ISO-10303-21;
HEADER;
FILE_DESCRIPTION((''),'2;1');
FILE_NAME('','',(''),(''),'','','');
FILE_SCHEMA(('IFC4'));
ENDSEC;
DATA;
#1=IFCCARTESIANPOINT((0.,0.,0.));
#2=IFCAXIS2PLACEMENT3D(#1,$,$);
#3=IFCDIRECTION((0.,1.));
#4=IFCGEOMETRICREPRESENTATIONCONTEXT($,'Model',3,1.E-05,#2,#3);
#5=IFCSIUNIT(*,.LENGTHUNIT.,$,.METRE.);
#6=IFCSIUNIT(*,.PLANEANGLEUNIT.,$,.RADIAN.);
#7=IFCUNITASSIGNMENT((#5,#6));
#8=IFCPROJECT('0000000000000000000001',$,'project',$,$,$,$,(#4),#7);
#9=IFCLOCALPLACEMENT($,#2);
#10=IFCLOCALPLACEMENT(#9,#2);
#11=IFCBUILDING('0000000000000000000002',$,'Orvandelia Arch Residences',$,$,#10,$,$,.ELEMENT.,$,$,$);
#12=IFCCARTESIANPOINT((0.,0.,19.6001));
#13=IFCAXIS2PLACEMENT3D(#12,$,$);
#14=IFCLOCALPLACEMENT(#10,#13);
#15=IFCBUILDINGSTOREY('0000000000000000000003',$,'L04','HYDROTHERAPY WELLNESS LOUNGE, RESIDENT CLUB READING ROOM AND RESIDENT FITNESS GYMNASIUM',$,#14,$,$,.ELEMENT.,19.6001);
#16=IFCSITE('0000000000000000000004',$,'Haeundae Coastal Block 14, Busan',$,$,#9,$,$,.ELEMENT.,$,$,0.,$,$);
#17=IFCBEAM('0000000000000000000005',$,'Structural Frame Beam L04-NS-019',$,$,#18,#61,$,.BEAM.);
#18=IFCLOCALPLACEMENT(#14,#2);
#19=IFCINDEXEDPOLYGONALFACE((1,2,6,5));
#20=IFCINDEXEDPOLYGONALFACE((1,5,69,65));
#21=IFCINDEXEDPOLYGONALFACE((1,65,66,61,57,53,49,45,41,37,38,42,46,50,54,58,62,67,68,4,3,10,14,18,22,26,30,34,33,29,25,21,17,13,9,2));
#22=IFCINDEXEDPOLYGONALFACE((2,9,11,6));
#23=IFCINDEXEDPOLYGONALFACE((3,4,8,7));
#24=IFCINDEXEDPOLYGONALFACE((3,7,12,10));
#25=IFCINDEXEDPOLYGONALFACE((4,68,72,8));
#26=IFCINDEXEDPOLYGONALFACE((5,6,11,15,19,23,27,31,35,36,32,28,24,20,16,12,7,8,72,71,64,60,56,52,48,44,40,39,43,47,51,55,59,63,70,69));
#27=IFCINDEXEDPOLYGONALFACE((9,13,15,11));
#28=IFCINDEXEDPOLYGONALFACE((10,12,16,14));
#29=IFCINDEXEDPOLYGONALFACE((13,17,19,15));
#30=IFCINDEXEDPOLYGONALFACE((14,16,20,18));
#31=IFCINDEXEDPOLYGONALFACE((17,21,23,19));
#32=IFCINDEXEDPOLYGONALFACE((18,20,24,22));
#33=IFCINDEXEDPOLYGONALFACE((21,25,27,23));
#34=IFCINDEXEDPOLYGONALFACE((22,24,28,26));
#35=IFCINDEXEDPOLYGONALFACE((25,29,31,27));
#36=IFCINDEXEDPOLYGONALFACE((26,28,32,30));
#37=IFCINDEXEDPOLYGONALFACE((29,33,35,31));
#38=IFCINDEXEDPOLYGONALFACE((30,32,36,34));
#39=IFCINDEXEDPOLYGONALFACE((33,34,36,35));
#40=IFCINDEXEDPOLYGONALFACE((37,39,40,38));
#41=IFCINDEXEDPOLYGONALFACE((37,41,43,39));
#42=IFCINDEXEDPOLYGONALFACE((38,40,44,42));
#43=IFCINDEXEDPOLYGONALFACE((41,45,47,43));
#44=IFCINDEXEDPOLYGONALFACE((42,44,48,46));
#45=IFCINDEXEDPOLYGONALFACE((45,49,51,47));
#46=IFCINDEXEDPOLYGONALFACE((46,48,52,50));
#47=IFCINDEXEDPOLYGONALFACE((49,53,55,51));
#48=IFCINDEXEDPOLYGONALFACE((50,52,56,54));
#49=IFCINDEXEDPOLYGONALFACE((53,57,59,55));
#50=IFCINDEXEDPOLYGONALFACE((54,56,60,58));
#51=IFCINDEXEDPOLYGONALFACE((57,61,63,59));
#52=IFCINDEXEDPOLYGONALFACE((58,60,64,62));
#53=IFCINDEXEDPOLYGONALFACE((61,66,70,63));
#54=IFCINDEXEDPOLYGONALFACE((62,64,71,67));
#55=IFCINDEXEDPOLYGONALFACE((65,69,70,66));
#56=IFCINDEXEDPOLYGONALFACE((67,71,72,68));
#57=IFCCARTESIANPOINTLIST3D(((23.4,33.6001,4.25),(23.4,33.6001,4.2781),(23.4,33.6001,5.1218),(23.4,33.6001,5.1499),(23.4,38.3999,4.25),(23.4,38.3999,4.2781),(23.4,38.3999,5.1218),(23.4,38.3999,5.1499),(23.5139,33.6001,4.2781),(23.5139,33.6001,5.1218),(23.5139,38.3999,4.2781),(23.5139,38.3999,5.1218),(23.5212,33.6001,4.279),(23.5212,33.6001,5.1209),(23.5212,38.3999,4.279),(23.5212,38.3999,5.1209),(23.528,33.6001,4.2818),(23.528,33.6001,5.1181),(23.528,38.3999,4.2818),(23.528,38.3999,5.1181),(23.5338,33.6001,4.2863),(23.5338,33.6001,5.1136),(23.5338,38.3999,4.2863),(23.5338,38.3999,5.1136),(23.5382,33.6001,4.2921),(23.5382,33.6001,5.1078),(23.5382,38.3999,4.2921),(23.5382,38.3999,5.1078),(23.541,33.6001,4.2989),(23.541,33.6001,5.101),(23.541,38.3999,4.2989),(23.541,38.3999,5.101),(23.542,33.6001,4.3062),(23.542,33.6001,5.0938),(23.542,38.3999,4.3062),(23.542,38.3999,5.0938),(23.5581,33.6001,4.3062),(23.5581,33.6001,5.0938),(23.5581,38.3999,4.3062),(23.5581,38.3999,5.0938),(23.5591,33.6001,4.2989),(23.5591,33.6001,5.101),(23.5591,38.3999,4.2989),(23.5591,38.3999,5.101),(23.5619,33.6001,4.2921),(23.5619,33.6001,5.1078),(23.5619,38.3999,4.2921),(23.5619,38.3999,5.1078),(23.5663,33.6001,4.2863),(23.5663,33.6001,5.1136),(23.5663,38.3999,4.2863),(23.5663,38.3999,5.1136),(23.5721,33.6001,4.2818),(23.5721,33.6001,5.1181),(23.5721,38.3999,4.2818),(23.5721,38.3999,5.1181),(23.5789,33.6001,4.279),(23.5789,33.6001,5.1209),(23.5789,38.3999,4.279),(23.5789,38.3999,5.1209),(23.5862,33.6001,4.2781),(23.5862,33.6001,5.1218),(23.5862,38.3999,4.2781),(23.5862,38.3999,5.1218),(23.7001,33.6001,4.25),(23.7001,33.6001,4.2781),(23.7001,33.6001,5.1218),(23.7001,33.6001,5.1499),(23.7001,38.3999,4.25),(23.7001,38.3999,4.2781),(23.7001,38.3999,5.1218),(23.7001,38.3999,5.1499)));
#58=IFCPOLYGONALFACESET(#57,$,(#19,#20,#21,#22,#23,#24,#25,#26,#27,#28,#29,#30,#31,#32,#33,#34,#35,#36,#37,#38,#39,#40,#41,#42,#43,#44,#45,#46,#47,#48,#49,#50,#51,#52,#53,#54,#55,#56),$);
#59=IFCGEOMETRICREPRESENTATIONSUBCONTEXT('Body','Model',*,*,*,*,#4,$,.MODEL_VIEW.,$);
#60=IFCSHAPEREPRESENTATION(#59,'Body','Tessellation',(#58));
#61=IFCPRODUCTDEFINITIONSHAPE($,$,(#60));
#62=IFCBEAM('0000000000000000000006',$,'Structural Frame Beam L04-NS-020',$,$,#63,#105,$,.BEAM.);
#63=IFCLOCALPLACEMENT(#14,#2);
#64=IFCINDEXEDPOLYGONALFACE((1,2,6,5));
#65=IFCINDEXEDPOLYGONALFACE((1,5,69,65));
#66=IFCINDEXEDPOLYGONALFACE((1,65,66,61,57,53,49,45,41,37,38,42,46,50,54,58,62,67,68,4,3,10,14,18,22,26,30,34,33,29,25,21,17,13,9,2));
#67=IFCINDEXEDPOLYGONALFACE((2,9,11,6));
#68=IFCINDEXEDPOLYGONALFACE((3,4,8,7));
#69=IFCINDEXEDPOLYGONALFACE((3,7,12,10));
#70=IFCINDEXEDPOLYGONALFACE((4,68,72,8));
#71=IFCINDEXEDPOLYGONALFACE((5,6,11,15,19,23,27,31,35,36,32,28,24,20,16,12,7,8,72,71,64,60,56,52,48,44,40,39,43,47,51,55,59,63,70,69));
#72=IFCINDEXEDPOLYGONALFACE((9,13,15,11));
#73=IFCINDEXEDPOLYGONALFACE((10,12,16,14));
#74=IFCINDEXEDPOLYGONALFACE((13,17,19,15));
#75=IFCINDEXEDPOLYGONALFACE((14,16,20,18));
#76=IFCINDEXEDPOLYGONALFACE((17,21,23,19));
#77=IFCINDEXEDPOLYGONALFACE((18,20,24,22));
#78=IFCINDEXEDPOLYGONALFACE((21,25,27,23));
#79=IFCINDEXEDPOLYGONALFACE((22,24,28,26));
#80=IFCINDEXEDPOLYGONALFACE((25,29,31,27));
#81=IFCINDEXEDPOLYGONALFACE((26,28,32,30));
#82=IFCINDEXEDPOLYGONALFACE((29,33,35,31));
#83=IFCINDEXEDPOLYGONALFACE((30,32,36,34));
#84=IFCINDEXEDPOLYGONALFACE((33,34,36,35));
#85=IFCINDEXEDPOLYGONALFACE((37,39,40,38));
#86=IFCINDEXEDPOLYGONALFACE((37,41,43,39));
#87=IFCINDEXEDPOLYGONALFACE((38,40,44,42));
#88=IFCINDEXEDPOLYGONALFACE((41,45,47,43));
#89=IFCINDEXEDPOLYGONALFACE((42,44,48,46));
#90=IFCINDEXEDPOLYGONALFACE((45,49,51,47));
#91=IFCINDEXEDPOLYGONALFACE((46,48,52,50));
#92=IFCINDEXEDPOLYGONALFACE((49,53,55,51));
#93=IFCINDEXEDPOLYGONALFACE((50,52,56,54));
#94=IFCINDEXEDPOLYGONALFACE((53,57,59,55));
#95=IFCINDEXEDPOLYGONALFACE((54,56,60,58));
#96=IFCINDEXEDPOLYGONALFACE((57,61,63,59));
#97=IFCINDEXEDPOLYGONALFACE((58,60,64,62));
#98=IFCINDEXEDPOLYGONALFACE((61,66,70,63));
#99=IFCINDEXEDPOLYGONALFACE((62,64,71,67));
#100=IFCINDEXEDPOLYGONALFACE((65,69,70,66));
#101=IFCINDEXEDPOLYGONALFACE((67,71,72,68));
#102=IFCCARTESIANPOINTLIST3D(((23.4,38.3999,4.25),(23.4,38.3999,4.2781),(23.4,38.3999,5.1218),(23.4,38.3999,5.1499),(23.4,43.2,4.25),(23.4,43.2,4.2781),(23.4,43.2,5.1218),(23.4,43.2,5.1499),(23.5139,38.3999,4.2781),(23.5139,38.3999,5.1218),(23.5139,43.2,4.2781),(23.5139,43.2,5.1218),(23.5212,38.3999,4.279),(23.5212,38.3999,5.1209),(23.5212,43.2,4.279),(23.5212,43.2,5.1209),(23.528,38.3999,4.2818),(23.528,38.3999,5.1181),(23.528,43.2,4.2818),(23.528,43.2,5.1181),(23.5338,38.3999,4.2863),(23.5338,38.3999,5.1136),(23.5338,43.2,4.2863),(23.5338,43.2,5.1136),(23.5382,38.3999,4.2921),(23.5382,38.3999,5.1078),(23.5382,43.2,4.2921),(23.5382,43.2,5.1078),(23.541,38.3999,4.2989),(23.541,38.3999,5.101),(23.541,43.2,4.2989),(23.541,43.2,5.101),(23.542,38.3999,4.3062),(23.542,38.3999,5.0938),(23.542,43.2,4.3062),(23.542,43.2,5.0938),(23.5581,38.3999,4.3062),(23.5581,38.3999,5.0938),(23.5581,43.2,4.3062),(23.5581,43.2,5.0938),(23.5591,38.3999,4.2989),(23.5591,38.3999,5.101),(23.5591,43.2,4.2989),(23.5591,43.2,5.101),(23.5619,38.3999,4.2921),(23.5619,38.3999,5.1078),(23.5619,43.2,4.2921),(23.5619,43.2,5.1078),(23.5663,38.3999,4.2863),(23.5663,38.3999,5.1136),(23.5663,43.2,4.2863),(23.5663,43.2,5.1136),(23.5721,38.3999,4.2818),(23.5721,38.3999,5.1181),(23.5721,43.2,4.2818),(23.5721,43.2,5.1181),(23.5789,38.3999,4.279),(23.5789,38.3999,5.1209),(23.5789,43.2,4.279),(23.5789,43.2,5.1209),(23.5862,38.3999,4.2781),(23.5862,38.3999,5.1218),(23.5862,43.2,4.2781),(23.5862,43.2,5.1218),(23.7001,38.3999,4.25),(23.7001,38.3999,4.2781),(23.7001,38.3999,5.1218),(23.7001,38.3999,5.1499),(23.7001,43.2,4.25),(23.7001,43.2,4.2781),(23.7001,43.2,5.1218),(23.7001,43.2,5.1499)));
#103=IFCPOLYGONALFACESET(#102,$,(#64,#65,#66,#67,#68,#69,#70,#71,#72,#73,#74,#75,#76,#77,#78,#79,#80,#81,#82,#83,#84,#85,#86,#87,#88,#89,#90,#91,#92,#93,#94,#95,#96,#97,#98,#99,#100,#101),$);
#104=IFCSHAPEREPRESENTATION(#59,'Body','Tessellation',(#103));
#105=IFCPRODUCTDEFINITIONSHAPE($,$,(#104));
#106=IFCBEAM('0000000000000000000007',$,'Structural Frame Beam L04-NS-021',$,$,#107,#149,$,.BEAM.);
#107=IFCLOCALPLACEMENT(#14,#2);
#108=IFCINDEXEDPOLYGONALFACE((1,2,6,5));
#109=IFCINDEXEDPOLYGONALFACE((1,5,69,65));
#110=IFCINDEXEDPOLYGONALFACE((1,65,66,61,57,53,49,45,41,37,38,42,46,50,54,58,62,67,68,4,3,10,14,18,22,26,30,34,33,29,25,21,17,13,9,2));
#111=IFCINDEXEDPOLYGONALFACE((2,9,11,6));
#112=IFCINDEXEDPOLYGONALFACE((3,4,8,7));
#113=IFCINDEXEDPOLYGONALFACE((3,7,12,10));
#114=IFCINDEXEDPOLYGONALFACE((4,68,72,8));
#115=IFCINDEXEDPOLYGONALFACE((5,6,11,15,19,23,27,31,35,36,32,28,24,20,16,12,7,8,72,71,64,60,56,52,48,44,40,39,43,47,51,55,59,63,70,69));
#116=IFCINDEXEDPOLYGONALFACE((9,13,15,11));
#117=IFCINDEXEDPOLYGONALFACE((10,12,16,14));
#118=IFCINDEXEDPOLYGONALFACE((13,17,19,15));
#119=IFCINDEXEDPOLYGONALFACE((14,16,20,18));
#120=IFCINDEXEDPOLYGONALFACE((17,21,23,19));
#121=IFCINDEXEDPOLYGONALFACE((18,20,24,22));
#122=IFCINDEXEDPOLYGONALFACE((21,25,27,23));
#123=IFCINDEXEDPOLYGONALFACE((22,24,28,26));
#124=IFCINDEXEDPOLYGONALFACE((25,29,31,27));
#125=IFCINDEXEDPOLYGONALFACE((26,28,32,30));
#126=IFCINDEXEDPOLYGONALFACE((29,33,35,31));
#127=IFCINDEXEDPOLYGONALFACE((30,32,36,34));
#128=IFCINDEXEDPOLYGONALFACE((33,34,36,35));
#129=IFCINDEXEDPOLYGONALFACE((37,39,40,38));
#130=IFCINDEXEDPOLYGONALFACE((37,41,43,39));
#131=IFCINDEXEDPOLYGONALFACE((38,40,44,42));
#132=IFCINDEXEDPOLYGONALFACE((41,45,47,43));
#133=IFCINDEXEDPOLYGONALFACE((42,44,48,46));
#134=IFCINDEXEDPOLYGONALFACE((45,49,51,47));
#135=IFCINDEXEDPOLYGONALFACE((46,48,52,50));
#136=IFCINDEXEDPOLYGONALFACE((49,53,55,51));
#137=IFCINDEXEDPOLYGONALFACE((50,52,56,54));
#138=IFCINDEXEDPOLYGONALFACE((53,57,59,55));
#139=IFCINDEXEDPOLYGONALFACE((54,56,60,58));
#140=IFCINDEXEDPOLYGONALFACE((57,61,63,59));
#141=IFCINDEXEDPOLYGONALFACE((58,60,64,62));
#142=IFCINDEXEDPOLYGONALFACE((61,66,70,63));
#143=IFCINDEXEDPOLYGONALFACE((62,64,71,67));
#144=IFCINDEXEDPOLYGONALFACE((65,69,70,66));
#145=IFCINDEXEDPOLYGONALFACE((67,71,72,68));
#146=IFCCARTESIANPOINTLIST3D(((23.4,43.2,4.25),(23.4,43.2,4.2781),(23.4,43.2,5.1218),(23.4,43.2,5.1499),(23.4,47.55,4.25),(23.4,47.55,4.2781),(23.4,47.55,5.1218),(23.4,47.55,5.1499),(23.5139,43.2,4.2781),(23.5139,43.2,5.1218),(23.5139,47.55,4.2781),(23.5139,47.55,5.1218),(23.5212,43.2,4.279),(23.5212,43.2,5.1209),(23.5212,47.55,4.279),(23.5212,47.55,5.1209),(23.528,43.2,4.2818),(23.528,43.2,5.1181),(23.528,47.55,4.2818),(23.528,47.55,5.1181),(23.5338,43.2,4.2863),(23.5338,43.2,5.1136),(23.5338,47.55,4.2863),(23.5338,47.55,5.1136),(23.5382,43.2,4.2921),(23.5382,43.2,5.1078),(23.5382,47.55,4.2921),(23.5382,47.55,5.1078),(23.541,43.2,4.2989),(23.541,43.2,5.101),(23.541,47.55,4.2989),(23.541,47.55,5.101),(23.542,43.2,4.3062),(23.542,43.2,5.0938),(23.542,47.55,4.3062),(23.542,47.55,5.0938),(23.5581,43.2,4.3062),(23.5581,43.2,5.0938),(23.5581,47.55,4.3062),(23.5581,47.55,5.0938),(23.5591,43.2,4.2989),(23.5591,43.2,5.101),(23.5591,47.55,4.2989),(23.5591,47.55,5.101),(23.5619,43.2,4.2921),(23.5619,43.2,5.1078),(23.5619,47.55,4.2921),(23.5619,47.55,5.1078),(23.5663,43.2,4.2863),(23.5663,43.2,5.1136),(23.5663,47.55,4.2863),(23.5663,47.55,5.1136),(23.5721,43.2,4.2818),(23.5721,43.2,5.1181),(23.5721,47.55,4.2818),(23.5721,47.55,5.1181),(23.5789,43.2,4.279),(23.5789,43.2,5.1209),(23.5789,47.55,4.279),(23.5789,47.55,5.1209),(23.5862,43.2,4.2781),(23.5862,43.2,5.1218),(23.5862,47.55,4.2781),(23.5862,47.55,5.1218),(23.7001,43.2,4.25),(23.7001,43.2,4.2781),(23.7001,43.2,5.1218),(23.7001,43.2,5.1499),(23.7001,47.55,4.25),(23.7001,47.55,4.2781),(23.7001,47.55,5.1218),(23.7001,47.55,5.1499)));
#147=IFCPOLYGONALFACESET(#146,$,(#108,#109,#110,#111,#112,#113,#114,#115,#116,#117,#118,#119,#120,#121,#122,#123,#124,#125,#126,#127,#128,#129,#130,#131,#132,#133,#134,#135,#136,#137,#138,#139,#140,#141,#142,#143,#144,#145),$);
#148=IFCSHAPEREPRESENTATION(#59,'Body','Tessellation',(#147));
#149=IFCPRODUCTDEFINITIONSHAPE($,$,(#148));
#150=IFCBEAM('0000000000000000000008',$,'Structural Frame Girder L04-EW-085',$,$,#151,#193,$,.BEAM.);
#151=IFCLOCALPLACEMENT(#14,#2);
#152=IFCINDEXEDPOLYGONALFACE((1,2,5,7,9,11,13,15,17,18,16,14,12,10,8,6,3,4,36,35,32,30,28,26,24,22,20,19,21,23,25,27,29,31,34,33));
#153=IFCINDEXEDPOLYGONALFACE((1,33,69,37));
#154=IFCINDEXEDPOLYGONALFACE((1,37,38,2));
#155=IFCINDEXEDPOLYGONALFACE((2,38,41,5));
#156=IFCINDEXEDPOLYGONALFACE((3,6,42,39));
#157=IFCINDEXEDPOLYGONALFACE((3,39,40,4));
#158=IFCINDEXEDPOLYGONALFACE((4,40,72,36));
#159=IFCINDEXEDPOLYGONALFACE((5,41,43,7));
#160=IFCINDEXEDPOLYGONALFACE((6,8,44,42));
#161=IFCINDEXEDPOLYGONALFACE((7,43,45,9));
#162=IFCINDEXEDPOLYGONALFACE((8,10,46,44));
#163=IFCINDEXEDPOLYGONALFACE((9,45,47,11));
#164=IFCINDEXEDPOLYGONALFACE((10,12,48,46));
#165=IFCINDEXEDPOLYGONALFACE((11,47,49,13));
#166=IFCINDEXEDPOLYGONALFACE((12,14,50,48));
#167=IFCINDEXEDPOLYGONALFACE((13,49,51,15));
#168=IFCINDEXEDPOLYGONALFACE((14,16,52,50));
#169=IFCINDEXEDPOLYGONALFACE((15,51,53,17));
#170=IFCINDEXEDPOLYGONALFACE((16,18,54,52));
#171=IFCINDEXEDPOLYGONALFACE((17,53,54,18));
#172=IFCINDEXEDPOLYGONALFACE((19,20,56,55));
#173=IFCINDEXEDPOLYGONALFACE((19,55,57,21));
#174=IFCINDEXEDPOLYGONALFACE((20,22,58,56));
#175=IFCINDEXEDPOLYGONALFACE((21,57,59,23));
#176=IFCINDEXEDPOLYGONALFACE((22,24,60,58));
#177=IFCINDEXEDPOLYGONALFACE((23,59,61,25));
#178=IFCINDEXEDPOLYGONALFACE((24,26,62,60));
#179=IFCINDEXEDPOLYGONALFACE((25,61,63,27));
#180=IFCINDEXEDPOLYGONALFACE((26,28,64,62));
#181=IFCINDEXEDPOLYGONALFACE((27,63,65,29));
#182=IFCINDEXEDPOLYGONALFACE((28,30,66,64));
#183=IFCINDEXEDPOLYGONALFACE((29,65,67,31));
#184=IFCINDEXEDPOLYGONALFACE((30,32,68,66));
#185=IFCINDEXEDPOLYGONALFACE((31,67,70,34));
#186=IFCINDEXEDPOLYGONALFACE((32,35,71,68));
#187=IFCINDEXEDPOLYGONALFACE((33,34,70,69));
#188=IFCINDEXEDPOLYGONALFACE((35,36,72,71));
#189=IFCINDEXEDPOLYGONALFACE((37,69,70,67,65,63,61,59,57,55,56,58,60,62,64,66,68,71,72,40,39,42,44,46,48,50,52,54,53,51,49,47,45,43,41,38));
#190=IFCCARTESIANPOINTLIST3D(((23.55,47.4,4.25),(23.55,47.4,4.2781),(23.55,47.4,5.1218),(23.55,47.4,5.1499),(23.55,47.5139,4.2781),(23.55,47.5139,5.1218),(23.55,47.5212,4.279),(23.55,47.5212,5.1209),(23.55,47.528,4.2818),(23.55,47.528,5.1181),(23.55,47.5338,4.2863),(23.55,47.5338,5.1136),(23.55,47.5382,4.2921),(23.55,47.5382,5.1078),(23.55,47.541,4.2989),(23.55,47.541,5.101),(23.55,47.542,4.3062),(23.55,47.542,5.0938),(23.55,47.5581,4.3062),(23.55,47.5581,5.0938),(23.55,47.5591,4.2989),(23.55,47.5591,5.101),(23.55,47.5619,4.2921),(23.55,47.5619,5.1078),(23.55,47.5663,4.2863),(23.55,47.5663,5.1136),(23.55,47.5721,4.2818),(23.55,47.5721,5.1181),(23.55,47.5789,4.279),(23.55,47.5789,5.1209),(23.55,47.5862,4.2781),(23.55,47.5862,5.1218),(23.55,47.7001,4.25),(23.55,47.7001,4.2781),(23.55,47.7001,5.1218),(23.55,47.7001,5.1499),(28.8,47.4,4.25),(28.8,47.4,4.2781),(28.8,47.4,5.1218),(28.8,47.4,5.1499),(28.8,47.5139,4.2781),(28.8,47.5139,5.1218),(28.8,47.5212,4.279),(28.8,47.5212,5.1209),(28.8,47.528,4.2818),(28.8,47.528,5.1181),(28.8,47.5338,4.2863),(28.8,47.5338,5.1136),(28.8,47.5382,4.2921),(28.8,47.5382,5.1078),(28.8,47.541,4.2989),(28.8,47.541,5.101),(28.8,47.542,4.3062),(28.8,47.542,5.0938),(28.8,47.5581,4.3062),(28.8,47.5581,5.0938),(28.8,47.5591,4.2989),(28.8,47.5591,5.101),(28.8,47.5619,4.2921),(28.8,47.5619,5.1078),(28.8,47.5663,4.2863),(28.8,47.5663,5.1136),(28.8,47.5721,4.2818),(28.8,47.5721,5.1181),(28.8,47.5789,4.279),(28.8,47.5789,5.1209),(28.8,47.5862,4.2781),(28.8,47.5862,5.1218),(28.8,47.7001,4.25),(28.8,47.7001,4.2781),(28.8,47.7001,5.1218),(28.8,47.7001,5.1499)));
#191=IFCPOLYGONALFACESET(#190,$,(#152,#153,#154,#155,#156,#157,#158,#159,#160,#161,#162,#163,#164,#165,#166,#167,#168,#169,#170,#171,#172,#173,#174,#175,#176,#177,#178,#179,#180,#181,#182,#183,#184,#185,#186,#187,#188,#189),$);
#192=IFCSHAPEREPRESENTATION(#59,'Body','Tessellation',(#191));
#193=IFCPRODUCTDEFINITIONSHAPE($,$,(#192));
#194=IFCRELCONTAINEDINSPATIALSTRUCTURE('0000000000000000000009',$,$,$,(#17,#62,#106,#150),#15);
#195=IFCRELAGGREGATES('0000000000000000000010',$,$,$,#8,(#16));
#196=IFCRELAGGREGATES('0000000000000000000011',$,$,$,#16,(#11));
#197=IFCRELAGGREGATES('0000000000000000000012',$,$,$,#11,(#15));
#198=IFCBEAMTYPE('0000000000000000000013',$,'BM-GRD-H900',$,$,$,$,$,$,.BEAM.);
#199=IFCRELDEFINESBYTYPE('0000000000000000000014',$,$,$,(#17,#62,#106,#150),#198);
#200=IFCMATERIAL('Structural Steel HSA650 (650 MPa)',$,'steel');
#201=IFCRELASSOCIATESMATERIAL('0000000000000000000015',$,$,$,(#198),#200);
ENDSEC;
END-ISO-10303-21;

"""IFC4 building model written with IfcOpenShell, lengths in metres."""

from ifc_helpers import new_model, si_unit, direction, frame, origin, origin_2d, place, context, subcontext, project, spatial, i_section, extrude, material, material_profile, profile_set, type_object, element, save


model = new_model("IFC4")

# Units and contexts
model_context = context("Model", 3, precision=1e-05, world=origin(), true_north=direction((0.0, 1.0)))
body_context = subcontext(model_context, "Body", "Model", "MODEL_VIEW")
ifc_project = project(units=[si_unit("LENGTHUNIT", "METRE"), si_unit("PLANEANGLEUNIT", "RADIAN")], contexts=[model_context])

# Site, building, storey
site_placement = place(None, origin())
site = spatial("IfcSite", under=ifc_project, at=site_placement, Name="Haeundae Coastal Block 14, Busan", CompositionType="ELEMENT", RefElevation=0.0)
building_placement = place(site_placement, origin())
building = spatial("IfcBuilding", under=site, at=building_placement, Name="Orvandelia Arch Residences", CompositionType="ELEMENT")
storey_placement = place(building_placement, frame((0.0, 0.0, 19.6001)))
storey = spatial("IfcBuildingStorey", under=building, at=storey_placement, Name="L04", Description="HYDROTHERAPY WELLNESS LOUNGE, RESIDENT CLUB READING ROOM AND RESIDENT FITNESS GYMNASIUM", CompositionType="ELEMENT", Elevation=19.6001)

# Shared definitions
ifc_material_1 = material(Name="Structural Steel HSA650 (650 MPa)", Category="steel")

# Beams
ifc_material_profile_1 = material_profile(ifc_material_1, i_section(OverallWidth=0.3, OverallDepth=0.8999, WebThickness=0.0161, FlangeThickness=0.0281, FilletRadius=0.0281, at=origin_2d()), Name="Structural Steel HSA650 (650 MPa)", Category="steel")
ifc_profile_set_1 = profile_set([ifc_material_profile_1], Name="Structural Steel HSA650 (650 MPa)")
beam_type = type_object("IfcBeamType", Name="BM-GRD-H900", PredefinedType="BEAM", material=ifc_profile_set_1)
beam_1_placement = place(storey_placement, frame((23.55, 33.6001, 4.7), z_axis=(0.0, 1.0, 0.0), x_axis=(-1.0, 0.0, 0.0)))
element("IfcBeam", 1, at=beam_1_placement, inside=storey, type_object=beam_type, Name="Structural Frame Beam L04-NS-019", PredefinedType="BEAM", context=body_context, shape_type="SweptSolid", body=[
    extrude(i_section(OverallWidth=0.3, OverallDepth=0.8999, WebThickness=0.0161, FlangeThickness=0.0281, FilletRadius=0.0281, at=origin_2d()), origin(), (0.0, 0.0, 1.0), 4.7998),
])
beam_2_placement = place(storey_placement, frame((23.55, 38.3999, 4.7), z_axis=(0.0, 1.0, 0.0), x_axis=(-1.0, 0.0, 0.0)))
element("IfcBeam", 2, at=beam_2_placement, inside=storey, type_object=beam_type, Name="Structural Frame Beam L04-NS-020", PredefinedType="BEAM", context=body_context, shape_type="SweptSolid", body=[
    extrude(i_section(OverallWidth=0.3, OverallDepth=0.8999, WebThickness=0.0161, FlangeThickness=0.0281, FilletRadius=0.0281, at=origin_2d()), origin(), (0.0, 0.0, 1.0), 4.8),
])
beam_3_placement = place(storey_placement, frame((23.55, 43.2, 4.7), z_axis=(0.0, 1.0, 0.0), x_axis=(-1.0, 0.0, 0.0)))
element("IfcBeam", 3, at=beam_3_placement, inside=storey, type_object=beam_type, Name="Structural Frame Beam L04-NS-021", PredefinedType="BEAM", context=body_context, shape_type="SweptSolid", body=[
    extrude(i_section(OverallWidth=0.3, OverallDepth=0.8999, WebThickness=0.0161, FlangeThickness=0.0281, FilletRadius=0.0281, at=origin_2d()), origin(), (0.0, 0.0, 1.0), 4.3501),
])
beam_4_placement = place(storey_placement, frame((23.55, 47.55, 4.7), z_axis=(1.0, 0.0, 0.0), x_axis=(0.0, 1.0, 0.0)))
element("IfcBeam", 4, at=beam_4_placement, inside=storey, type_object=beam_type, Name="Structural Frame Girder L04-EW-085", PredefinedType="BEAM", context=body_context, shape_type="SweptSolid", body=[
    extrude(i_section(OverallWidth=0.3, OverallDepth=0.8999, WebThickness=0.0161, FlangeThickness=0.0281, FilletRadius=0.0281, at=origin_2d()), origin(), (0.0, 0.0, 1.0), 5.25),
])

save(model, "model.ifc")
